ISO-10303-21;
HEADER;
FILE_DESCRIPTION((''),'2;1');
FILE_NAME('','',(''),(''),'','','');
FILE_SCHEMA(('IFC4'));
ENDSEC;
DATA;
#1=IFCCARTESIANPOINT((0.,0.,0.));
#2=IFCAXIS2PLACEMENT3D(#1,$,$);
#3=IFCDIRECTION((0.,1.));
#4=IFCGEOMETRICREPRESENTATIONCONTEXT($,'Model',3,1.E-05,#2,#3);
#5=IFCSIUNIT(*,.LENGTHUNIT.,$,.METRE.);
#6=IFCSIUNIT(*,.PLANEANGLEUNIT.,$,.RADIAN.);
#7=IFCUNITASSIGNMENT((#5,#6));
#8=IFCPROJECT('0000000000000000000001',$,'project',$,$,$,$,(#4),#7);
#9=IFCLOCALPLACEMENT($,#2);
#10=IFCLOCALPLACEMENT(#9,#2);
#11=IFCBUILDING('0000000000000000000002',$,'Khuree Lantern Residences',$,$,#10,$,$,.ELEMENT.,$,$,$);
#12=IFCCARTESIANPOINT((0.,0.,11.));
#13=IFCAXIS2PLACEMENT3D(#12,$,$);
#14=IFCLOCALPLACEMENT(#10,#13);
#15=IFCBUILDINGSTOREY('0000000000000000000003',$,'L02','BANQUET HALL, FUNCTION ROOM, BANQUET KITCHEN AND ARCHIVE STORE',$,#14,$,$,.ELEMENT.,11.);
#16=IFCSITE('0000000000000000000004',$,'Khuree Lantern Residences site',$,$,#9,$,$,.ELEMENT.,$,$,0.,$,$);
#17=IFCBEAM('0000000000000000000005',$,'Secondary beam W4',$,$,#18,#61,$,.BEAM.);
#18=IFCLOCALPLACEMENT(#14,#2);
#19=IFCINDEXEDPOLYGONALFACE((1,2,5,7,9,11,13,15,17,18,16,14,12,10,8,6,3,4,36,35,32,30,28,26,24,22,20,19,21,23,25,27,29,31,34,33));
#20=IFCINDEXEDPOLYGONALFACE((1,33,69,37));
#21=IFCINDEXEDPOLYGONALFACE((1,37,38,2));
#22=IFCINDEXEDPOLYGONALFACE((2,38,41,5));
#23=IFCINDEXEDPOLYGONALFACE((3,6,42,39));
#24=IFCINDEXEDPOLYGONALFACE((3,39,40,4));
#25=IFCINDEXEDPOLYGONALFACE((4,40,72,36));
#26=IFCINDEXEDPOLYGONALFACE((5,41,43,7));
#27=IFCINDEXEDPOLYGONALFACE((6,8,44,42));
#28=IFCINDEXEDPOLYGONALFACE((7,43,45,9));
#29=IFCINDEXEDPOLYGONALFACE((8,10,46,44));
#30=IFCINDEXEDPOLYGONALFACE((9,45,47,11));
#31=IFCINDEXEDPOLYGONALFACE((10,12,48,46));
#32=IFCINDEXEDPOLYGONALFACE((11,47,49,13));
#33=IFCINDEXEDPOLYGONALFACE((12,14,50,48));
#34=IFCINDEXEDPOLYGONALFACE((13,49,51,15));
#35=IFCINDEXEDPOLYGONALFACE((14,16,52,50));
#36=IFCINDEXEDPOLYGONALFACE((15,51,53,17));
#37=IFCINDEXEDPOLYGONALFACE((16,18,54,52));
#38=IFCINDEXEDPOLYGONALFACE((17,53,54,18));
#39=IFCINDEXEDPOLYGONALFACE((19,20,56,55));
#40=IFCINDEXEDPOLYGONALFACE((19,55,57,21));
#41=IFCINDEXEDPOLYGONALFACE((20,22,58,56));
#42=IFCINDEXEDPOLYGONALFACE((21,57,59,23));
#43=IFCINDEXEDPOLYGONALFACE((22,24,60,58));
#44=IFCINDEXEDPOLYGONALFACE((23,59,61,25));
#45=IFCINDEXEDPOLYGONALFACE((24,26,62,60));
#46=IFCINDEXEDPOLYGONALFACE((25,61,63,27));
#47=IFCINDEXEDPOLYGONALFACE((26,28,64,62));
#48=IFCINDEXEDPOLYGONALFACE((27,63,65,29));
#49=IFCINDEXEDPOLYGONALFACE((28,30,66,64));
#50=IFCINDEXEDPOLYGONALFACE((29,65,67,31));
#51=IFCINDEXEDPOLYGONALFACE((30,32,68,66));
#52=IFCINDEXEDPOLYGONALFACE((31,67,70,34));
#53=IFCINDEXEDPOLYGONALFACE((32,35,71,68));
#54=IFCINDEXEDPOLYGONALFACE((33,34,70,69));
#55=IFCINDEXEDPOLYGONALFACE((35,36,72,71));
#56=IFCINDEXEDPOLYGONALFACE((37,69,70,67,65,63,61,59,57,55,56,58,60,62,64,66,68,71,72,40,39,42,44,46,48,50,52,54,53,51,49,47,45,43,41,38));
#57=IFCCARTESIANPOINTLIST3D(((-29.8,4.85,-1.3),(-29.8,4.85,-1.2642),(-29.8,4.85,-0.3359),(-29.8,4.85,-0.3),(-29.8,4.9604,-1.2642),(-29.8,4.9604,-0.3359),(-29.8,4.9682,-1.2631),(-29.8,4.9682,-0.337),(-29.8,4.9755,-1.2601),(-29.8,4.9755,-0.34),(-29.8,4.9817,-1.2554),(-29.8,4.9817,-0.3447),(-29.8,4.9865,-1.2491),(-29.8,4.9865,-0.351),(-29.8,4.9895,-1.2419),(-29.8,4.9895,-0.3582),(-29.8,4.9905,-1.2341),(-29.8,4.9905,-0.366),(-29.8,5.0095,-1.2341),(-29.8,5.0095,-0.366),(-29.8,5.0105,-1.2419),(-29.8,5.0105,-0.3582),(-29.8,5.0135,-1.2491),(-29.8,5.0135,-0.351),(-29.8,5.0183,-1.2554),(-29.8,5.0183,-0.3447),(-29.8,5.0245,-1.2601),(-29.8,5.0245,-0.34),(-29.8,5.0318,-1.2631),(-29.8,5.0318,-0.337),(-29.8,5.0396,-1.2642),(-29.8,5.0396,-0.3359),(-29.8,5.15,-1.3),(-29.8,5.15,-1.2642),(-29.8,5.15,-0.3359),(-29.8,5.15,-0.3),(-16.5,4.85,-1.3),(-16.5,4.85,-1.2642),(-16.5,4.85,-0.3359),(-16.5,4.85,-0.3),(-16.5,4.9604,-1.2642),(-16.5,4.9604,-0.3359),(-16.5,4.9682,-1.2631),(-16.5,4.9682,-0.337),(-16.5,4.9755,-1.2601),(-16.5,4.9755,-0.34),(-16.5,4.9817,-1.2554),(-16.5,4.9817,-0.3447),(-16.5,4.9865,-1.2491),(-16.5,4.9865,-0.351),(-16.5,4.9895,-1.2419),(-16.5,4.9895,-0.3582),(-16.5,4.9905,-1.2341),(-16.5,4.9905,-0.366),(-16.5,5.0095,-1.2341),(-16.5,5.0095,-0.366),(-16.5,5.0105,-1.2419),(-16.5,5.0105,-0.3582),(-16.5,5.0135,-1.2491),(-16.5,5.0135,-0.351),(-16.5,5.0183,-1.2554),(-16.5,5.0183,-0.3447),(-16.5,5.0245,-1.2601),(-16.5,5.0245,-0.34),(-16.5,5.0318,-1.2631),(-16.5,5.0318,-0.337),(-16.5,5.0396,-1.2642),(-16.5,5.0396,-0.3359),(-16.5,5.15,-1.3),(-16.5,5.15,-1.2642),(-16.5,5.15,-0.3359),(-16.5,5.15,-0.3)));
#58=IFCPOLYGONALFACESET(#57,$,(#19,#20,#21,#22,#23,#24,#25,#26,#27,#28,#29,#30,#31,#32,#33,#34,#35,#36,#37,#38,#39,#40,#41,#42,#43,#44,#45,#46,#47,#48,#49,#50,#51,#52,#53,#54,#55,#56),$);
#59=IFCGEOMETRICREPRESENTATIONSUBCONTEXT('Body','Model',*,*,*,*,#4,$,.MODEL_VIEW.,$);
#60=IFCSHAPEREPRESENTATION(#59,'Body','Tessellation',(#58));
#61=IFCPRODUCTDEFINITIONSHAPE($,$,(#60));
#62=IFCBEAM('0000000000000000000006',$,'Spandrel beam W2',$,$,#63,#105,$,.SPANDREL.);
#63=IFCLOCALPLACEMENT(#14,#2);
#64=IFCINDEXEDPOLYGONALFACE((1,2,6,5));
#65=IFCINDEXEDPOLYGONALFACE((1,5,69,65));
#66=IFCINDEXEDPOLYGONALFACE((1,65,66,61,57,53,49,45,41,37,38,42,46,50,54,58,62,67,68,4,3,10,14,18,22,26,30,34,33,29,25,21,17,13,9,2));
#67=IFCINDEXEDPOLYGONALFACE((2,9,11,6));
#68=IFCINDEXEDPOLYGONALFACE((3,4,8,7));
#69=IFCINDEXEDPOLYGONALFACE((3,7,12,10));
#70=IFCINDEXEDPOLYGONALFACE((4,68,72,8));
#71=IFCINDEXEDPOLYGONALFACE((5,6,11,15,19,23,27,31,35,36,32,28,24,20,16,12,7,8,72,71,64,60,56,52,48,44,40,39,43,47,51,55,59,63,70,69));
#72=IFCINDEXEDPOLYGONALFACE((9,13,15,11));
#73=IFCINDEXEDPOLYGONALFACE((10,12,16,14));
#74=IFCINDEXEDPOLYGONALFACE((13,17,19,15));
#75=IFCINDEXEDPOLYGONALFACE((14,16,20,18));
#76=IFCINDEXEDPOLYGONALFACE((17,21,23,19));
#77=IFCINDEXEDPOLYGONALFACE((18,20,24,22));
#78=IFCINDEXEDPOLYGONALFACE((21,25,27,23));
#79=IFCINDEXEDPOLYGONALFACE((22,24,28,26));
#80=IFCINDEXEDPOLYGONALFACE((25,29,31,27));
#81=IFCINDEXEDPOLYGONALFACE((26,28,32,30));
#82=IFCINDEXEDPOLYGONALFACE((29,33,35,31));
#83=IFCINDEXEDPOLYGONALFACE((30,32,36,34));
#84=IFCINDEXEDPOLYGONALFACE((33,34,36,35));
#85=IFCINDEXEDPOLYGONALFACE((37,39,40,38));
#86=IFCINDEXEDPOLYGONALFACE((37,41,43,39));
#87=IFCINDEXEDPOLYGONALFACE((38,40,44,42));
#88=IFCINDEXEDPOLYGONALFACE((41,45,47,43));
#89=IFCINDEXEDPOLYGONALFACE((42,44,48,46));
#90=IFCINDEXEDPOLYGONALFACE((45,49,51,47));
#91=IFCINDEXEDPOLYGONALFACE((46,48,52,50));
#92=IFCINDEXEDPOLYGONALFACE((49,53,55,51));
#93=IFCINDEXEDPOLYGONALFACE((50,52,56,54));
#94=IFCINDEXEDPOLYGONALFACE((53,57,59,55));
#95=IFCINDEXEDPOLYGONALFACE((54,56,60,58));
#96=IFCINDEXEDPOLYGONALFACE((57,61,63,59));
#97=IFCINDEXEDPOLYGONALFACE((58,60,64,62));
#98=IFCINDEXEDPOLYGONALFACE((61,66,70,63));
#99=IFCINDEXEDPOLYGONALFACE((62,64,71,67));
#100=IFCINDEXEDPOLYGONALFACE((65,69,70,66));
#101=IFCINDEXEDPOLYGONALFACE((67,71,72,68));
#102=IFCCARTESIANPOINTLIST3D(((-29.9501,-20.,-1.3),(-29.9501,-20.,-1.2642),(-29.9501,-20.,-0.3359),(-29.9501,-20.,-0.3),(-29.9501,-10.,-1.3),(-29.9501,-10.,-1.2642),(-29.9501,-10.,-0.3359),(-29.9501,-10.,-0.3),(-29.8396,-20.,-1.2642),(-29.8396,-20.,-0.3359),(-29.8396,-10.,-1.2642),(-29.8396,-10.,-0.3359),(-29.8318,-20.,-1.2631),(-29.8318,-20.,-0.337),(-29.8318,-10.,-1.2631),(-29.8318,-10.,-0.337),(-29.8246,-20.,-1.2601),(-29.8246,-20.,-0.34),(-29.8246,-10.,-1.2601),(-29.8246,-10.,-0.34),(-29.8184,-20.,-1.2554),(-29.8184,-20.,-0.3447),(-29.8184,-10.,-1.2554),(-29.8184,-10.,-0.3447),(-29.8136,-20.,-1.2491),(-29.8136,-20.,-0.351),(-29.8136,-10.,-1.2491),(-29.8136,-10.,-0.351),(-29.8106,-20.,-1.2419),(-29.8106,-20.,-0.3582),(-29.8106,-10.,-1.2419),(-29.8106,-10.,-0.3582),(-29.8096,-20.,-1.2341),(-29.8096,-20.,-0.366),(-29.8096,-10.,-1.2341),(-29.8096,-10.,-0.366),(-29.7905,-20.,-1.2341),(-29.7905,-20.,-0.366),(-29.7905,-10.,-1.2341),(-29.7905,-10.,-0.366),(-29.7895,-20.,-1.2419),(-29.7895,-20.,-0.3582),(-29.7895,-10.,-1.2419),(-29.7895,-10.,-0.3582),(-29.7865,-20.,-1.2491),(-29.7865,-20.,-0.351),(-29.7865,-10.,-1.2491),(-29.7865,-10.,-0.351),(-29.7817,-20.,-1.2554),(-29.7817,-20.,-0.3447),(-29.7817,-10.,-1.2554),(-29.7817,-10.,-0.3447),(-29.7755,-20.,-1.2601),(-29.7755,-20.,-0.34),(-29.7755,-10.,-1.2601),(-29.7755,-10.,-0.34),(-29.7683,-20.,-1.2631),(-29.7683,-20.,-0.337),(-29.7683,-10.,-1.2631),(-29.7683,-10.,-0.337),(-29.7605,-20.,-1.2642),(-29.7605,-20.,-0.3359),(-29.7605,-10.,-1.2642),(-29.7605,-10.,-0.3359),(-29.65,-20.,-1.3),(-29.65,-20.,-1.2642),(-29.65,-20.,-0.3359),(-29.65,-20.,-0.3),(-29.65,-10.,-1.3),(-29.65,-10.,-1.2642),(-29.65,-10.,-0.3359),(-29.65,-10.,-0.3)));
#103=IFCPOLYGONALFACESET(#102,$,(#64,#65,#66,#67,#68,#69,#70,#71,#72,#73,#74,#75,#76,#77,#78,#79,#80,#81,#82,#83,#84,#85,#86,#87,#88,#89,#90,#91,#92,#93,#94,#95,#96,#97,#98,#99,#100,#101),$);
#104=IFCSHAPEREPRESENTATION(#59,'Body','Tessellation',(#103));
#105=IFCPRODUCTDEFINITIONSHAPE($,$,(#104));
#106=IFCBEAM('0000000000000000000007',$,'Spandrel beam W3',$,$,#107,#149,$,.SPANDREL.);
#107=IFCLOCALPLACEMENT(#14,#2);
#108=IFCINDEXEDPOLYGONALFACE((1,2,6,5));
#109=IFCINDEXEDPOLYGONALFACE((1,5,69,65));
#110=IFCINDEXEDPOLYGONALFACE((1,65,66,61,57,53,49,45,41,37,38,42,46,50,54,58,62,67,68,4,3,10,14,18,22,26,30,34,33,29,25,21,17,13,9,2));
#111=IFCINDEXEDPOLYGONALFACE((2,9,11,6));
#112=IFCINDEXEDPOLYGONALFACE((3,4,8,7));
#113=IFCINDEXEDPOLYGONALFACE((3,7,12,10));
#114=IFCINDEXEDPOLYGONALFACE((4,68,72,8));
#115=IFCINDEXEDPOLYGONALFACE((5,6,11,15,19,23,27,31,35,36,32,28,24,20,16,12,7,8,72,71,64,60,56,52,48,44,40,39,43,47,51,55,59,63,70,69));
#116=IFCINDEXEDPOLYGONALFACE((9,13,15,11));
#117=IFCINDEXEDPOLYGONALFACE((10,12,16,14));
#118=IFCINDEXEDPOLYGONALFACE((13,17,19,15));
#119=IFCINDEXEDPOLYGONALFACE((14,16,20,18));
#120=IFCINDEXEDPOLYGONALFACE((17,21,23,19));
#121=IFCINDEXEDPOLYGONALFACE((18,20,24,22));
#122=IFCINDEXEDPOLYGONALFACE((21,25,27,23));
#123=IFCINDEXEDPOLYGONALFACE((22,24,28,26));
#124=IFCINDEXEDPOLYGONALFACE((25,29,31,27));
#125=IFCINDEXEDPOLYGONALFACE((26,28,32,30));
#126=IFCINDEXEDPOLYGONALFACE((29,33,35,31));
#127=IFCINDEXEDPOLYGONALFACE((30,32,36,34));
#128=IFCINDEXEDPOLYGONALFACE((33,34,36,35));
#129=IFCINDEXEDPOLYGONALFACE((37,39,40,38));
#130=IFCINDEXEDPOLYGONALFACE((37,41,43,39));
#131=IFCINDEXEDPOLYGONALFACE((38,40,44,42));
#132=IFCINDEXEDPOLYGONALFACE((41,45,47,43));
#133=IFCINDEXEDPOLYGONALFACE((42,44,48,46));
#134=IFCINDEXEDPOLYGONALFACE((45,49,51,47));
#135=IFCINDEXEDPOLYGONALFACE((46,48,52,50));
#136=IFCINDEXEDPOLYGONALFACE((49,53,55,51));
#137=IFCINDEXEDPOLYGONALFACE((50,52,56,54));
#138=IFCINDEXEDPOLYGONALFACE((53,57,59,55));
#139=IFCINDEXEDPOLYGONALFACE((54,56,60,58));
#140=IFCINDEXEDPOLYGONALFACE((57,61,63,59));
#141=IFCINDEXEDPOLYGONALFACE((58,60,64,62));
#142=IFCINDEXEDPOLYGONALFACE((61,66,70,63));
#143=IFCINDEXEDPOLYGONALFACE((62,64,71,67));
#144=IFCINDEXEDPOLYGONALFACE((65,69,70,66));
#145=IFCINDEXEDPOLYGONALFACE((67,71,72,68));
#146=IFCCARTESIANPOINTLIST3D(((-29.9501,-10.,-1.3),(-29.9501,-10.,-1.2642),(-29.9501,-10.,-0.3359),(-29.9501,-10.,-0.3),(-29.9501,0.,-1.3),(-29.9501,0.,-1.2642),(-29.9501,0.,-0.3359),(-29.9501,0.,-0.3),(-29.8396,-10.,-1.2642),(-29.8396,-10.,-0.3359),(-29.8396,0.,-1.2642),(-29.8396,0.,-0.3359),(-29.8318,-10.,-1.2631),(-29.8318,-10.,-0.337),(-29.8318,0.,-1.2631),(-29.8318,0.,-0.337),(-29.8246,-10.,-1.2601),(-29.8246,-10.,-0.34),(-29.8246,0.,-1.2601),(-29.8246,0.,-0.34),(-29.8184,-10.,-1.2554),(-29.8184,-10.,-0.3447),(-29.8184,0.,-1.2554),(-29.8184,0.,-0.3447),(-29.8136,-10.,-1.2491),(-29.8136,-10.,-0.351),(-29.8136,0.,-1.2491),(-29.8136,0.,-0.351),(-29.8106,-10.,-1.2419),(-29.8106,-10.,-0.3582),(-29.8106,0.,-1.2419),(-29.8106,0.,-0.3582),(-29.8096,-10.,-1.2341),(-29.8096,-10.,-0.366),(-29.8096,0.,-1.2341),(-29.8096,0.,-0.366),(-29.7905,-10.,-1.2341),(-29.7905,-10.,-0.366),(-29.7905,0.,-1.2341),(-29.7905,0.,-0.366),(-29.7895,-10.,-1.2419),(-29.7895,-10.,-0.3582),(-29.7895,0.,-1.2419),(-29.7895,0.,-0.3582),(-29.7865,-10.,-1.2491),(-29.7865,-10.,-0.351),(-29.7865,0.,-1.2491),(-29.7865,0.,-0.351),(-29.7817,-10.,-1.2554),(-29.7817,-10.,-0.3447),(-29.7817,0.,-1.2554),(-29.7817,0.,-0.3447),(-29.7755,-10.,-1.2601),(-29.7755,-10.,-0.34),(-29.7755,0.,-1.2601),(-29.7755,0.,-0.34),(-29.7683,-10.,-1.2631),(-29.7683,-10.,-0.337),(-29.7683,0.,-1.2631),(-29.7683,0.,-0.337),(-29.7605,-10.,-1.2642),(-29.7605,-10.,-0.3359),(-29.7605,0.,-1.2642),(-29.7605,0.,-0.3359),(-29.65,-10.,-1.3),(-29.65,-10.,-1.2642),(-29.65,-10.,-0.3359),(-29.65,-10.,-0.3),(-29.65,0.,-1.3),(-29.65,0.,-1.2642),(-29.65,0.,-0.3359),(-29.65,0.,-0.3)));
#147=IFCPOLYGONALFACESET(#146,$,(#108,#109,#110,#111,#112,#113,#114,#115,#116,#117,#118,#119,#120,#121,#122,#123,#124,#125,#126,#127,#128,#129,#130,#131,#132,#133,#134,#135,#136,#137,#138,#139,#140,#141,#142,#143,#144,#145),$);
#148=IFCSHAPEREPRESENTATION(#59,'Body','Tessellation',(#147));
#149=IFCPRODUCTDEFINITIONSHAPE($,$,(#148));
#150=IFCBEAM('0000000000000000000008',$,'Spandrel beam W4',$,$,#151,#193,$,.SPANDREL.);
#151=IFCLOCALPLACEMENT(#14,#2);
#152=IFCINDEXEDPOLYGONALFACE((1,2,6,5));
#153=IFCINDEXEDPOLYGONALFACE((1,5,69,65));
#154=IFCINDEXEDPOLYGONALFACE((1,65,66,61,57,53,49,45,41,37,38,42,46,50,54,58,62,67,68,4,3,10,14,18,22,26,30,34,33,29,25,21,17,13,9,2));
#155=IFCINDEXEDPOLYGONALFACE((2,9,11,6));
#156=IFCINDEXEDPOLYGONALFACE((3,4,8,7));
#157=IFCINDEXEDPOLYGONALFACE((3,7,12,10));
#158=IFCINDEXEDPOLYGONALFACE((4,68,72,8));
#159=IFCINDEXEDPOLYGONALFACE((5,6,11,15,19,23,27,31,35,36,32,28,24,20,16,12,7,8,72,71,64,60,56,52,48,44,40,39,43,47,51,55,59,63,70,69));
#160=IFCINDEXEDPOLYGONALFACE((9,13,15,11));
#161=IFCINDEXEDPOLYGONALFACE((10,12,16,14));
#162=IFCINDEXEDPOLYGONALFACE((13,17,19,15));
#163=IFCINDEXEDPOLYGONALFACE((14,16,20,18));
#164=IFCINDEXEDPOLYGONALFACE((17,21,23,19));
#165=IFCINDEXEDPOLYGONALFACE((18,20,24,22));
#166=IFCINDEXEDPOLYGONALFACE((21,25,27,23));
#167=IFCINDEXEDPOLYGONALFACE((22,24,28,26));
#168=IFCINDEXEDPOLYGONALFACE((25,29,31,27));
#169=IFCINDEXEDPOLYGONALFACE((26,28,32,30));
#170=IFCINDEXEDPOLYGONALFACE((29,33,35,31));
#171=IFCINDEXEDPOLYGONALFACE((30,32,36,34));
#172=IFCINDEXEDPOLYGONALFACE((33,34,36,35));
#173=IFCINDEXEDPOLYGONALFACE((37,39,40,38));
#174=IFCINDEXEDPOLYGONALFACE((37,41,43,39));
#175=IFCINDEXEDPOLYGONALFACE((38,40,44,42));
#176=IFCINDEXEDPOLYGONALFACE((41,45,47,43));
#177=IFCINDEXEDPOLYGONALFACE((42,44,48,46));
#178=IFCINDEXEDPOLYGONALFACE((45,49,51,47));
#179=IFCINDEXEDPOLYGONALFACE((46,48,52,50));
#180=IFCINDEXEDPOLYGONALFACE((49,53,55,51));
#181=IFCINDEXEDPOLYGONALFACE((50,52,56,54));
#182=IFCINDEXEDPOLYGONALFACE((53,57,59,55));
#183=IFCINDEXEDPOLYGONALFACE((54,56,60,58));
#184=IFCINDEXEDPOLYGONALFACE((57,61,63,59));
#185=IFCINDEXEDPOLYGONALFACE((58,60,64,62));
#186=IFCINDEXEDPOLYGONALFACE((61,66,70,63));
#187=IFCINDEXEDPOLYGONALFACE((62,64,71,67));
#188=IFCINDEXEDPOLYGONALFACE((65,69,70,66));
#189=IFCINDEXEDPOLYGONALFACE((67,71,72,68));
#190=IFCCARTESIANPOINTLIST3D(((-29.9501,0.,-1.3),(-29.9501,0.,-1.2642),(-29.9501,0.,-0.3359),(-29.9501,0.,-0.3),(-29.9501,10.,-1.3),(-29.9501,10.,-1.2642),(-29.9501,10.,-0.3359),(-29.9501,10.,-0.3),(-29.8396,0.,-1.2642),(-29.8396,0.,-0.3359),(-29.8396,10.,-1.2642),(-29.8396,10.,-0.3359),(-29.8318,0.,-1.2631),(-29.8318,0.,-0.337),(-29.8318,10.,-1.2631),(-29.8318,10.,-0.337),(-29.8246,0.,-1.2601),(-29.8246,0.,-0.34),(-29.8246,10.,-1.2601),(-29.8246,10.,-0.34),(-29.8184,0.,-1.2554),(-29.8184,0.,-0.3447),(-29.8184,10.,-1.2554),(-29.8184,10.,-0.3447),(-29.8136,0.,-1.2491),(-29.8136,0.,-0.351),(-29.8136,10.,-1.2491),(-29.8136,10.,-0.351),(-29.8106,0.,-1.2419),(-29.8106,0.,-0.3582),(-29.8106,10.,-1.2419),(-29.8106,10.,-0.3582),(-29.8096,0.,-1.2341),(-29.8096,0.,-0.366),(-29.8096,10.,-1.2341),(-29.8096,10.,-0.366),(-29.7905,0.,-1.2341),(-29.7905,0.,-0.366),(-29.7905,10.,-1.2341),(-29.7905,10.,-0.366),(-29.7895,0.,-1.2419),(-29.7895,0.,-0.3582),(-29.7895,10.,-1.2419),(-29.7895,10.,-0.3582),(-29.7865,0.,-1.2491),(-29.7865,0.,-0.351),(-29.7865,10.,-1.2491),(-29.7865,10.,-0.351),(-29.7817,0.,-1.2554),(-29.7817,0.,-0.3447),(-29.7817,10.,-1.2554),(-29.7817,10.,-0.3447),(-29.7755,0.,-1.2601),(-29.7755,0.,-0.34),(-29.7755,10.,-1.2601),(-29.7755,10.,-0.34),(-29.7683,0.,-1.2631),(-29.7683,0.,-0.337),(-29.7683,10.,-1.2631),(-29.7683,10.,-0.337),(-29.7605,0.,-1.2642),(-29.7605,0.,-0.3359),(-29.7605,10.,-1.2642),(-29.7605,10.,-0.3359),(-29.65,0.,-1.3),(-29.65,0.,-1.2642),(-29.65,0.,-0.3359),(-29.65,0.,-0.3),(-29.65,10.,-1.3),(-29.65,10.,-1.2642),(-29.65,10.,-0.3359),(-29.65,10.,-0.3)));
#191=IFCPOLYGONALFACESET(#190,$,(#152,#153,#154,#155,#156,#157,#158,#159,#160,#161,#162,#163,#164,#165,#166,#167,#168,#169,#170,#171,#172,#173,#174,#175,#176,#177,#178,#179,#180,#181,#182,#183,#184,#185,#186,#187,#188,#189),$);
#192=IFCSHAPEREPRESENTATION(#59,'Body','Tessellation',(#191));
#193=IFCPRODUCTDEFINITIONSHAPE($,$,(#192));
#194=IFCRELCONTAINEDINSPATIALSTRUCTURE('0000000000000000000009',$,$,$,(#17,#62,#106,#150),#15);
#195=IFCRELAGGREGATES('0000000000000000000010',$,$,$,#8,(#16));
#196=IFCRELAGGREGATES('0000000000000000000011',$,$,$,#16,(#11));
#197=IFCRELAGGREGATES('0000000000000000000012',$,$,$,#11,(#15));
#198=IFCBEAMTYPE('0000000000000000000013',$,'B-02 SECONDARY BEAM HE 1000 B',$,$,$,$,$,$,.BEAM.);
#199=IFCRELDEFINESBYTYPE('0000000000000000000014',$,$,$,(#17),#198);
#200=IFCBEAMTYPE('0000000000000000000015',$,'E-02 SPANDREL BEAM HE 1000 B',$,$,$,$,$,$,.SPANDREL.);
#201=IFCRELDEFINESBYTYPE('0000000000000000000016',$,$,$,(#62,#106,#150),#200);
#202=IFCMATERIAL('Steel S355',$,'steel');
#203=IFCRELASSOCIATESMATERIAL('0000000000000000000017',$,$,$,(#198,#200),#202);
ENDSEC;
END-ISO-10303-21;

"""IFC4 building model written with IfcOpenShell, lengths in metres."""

from ifc_helpers import new_model, si_unit, direction, frame, origin, origin_2d, place, context, subcontext, project, spatial, i_section, extrude, material, material_profile, profile_set, type_object, element, save


model = new_model("IFC4")

# Units and contexts
model_context = context("Model", 3, precision=1e-05, world=origin(), true_north=direction((0.0, 1.0)))
body_context = subcontext(model_context, "Body", "Model", "MODEL_VIEW")
ifc_project = project(units=[si_unit("LENGTHUNIT", "METRE"), si_unit("PLANEANGLEUNIT", "RADIAN")], contexts=[model_context])

# Site, building, storey
site_placement = place(None, origin())
site = spatial("IfcSite", under=ifc_project, at=site_placement, Name="Khuree Lantern Residences site", CompositionType="ELEMENT", RefElevation=0.0)
building_placement = place(site_placement, origin())
building = spatial("IfcBuilding", under=site, at=building_placement, Name="Khuree Lantern Residences", CompositionType="ELEMENT")
storey_placement = place(building_placement, frame((0.0, 0.0, 11.0)))
storey = spatial("IfcBuildingStorey", under=building, at=storey_placement, Name="L02", Description="BANQUET HALL, FUNCTION ROOM, BANQUET KITCHEN AND ARCHIVE STORE", CompositionType="ELEMENT", Elevation=11.0)

# Beams
ifc_material_1 = material(Name="Steel S355", Category="steel")
ifc_material_profile_1 = material_profile(ifc_material_1, i_section(OverallWidth=0.3, OverallDepth=1.0, WebThickness=0.019, FlangeThickness=0.0359, FilletRadius=0.03, at=origin_2d()), Name="HE 1000 B")
ifc_profile_set_1 = profile_set([ifc_material_profile_1], Name="Steel S355")
beam_type_1 = type_object("IfcBeamType", Name="B-02 SECONDARY BEAM HE 1000 B", PredefinedType="BEAM", material=ifc_profile_set_1)
for number, where, z_axis, x_axis, name in (
    (1, (-29.8, 5.0, -0.8), (1.0, 0.0, 0.0), (0.0, 1.0, 0.0), "Secondary beam W4"),
):
    element("IfcBeam", number, at=place(storey_placement, frame(where, z_axis=z_axis, x_axis=x_axis)), inside=storey, type_object=beam_type_1, Name=name, PredefinedType="BEAM", context=body_context, shape_type="SweptSolid", body=[
        extrude(i_section(OverallWidth=0.3, OverallDepth=1.0, WebThickness=0.019, FlangeThickness=0.0359, FilletRadius=0.03, at=origin_2d()), origin(), (0.0, 0.0, 1.0), 13.3),
    ])
ifc_material_profile_2 = material_profile(ifc_material_1, i_section(OverallWidth=0.3, OverallDepth=1.0, WebThickness=0.019, FlangeThickness=0.0359, FilletRadius=0.03, at=origin_2d()), Name="HE 1000 B")
ifc_profile_set_2 = profile_set([ifc_material_profile_2], Name="Steel S355")
beam_type_2 = type_object("IfcBeamType", Name="E-02 SPANDREL BEAM HE 1000 B", PredefinedType="SPANDREL", material=ifc_profile_set_2)
for number, where, z_axis, x_axis, name in (
    (2, (-29.8, -20.0, -0.8), (0.0, 1.0, 0.0), (-1.0, 0.0, 0.0), "Spandrel beam W2"),
    (3, (-29.8, -10.0, -0.8), (0.0, 1.0, 0.0), (-1.0, 0.0, 0.0), "Spandrel beam W3"),
    (4, (-29.8, 0.0, -0.8), (0.0, 1.0, 0.0), (-1.0, 0.0, 0.0), "Spandrel beam W4"),
):
    element("IfcBeam", number, at=place(storey_placement, frame(where, z_axis=z_axis, x_axis=x_axis)), inside=storey, type_object=beam_type_2, Name=name, PredefinedType="SPANDREL", context=body_context, shape_type="SweptSolid", body=[
        extrude(i_section(OverallWidth=0.3, OverallDepth=1.0, WebThickness=0.019, FlangeThickness=0.0359, FilletRadius=0.03, at=origin_2d()), origin(), (0.0, 0.0, 1.0), 10.0),
    ])

save(model, "model.ifc")
